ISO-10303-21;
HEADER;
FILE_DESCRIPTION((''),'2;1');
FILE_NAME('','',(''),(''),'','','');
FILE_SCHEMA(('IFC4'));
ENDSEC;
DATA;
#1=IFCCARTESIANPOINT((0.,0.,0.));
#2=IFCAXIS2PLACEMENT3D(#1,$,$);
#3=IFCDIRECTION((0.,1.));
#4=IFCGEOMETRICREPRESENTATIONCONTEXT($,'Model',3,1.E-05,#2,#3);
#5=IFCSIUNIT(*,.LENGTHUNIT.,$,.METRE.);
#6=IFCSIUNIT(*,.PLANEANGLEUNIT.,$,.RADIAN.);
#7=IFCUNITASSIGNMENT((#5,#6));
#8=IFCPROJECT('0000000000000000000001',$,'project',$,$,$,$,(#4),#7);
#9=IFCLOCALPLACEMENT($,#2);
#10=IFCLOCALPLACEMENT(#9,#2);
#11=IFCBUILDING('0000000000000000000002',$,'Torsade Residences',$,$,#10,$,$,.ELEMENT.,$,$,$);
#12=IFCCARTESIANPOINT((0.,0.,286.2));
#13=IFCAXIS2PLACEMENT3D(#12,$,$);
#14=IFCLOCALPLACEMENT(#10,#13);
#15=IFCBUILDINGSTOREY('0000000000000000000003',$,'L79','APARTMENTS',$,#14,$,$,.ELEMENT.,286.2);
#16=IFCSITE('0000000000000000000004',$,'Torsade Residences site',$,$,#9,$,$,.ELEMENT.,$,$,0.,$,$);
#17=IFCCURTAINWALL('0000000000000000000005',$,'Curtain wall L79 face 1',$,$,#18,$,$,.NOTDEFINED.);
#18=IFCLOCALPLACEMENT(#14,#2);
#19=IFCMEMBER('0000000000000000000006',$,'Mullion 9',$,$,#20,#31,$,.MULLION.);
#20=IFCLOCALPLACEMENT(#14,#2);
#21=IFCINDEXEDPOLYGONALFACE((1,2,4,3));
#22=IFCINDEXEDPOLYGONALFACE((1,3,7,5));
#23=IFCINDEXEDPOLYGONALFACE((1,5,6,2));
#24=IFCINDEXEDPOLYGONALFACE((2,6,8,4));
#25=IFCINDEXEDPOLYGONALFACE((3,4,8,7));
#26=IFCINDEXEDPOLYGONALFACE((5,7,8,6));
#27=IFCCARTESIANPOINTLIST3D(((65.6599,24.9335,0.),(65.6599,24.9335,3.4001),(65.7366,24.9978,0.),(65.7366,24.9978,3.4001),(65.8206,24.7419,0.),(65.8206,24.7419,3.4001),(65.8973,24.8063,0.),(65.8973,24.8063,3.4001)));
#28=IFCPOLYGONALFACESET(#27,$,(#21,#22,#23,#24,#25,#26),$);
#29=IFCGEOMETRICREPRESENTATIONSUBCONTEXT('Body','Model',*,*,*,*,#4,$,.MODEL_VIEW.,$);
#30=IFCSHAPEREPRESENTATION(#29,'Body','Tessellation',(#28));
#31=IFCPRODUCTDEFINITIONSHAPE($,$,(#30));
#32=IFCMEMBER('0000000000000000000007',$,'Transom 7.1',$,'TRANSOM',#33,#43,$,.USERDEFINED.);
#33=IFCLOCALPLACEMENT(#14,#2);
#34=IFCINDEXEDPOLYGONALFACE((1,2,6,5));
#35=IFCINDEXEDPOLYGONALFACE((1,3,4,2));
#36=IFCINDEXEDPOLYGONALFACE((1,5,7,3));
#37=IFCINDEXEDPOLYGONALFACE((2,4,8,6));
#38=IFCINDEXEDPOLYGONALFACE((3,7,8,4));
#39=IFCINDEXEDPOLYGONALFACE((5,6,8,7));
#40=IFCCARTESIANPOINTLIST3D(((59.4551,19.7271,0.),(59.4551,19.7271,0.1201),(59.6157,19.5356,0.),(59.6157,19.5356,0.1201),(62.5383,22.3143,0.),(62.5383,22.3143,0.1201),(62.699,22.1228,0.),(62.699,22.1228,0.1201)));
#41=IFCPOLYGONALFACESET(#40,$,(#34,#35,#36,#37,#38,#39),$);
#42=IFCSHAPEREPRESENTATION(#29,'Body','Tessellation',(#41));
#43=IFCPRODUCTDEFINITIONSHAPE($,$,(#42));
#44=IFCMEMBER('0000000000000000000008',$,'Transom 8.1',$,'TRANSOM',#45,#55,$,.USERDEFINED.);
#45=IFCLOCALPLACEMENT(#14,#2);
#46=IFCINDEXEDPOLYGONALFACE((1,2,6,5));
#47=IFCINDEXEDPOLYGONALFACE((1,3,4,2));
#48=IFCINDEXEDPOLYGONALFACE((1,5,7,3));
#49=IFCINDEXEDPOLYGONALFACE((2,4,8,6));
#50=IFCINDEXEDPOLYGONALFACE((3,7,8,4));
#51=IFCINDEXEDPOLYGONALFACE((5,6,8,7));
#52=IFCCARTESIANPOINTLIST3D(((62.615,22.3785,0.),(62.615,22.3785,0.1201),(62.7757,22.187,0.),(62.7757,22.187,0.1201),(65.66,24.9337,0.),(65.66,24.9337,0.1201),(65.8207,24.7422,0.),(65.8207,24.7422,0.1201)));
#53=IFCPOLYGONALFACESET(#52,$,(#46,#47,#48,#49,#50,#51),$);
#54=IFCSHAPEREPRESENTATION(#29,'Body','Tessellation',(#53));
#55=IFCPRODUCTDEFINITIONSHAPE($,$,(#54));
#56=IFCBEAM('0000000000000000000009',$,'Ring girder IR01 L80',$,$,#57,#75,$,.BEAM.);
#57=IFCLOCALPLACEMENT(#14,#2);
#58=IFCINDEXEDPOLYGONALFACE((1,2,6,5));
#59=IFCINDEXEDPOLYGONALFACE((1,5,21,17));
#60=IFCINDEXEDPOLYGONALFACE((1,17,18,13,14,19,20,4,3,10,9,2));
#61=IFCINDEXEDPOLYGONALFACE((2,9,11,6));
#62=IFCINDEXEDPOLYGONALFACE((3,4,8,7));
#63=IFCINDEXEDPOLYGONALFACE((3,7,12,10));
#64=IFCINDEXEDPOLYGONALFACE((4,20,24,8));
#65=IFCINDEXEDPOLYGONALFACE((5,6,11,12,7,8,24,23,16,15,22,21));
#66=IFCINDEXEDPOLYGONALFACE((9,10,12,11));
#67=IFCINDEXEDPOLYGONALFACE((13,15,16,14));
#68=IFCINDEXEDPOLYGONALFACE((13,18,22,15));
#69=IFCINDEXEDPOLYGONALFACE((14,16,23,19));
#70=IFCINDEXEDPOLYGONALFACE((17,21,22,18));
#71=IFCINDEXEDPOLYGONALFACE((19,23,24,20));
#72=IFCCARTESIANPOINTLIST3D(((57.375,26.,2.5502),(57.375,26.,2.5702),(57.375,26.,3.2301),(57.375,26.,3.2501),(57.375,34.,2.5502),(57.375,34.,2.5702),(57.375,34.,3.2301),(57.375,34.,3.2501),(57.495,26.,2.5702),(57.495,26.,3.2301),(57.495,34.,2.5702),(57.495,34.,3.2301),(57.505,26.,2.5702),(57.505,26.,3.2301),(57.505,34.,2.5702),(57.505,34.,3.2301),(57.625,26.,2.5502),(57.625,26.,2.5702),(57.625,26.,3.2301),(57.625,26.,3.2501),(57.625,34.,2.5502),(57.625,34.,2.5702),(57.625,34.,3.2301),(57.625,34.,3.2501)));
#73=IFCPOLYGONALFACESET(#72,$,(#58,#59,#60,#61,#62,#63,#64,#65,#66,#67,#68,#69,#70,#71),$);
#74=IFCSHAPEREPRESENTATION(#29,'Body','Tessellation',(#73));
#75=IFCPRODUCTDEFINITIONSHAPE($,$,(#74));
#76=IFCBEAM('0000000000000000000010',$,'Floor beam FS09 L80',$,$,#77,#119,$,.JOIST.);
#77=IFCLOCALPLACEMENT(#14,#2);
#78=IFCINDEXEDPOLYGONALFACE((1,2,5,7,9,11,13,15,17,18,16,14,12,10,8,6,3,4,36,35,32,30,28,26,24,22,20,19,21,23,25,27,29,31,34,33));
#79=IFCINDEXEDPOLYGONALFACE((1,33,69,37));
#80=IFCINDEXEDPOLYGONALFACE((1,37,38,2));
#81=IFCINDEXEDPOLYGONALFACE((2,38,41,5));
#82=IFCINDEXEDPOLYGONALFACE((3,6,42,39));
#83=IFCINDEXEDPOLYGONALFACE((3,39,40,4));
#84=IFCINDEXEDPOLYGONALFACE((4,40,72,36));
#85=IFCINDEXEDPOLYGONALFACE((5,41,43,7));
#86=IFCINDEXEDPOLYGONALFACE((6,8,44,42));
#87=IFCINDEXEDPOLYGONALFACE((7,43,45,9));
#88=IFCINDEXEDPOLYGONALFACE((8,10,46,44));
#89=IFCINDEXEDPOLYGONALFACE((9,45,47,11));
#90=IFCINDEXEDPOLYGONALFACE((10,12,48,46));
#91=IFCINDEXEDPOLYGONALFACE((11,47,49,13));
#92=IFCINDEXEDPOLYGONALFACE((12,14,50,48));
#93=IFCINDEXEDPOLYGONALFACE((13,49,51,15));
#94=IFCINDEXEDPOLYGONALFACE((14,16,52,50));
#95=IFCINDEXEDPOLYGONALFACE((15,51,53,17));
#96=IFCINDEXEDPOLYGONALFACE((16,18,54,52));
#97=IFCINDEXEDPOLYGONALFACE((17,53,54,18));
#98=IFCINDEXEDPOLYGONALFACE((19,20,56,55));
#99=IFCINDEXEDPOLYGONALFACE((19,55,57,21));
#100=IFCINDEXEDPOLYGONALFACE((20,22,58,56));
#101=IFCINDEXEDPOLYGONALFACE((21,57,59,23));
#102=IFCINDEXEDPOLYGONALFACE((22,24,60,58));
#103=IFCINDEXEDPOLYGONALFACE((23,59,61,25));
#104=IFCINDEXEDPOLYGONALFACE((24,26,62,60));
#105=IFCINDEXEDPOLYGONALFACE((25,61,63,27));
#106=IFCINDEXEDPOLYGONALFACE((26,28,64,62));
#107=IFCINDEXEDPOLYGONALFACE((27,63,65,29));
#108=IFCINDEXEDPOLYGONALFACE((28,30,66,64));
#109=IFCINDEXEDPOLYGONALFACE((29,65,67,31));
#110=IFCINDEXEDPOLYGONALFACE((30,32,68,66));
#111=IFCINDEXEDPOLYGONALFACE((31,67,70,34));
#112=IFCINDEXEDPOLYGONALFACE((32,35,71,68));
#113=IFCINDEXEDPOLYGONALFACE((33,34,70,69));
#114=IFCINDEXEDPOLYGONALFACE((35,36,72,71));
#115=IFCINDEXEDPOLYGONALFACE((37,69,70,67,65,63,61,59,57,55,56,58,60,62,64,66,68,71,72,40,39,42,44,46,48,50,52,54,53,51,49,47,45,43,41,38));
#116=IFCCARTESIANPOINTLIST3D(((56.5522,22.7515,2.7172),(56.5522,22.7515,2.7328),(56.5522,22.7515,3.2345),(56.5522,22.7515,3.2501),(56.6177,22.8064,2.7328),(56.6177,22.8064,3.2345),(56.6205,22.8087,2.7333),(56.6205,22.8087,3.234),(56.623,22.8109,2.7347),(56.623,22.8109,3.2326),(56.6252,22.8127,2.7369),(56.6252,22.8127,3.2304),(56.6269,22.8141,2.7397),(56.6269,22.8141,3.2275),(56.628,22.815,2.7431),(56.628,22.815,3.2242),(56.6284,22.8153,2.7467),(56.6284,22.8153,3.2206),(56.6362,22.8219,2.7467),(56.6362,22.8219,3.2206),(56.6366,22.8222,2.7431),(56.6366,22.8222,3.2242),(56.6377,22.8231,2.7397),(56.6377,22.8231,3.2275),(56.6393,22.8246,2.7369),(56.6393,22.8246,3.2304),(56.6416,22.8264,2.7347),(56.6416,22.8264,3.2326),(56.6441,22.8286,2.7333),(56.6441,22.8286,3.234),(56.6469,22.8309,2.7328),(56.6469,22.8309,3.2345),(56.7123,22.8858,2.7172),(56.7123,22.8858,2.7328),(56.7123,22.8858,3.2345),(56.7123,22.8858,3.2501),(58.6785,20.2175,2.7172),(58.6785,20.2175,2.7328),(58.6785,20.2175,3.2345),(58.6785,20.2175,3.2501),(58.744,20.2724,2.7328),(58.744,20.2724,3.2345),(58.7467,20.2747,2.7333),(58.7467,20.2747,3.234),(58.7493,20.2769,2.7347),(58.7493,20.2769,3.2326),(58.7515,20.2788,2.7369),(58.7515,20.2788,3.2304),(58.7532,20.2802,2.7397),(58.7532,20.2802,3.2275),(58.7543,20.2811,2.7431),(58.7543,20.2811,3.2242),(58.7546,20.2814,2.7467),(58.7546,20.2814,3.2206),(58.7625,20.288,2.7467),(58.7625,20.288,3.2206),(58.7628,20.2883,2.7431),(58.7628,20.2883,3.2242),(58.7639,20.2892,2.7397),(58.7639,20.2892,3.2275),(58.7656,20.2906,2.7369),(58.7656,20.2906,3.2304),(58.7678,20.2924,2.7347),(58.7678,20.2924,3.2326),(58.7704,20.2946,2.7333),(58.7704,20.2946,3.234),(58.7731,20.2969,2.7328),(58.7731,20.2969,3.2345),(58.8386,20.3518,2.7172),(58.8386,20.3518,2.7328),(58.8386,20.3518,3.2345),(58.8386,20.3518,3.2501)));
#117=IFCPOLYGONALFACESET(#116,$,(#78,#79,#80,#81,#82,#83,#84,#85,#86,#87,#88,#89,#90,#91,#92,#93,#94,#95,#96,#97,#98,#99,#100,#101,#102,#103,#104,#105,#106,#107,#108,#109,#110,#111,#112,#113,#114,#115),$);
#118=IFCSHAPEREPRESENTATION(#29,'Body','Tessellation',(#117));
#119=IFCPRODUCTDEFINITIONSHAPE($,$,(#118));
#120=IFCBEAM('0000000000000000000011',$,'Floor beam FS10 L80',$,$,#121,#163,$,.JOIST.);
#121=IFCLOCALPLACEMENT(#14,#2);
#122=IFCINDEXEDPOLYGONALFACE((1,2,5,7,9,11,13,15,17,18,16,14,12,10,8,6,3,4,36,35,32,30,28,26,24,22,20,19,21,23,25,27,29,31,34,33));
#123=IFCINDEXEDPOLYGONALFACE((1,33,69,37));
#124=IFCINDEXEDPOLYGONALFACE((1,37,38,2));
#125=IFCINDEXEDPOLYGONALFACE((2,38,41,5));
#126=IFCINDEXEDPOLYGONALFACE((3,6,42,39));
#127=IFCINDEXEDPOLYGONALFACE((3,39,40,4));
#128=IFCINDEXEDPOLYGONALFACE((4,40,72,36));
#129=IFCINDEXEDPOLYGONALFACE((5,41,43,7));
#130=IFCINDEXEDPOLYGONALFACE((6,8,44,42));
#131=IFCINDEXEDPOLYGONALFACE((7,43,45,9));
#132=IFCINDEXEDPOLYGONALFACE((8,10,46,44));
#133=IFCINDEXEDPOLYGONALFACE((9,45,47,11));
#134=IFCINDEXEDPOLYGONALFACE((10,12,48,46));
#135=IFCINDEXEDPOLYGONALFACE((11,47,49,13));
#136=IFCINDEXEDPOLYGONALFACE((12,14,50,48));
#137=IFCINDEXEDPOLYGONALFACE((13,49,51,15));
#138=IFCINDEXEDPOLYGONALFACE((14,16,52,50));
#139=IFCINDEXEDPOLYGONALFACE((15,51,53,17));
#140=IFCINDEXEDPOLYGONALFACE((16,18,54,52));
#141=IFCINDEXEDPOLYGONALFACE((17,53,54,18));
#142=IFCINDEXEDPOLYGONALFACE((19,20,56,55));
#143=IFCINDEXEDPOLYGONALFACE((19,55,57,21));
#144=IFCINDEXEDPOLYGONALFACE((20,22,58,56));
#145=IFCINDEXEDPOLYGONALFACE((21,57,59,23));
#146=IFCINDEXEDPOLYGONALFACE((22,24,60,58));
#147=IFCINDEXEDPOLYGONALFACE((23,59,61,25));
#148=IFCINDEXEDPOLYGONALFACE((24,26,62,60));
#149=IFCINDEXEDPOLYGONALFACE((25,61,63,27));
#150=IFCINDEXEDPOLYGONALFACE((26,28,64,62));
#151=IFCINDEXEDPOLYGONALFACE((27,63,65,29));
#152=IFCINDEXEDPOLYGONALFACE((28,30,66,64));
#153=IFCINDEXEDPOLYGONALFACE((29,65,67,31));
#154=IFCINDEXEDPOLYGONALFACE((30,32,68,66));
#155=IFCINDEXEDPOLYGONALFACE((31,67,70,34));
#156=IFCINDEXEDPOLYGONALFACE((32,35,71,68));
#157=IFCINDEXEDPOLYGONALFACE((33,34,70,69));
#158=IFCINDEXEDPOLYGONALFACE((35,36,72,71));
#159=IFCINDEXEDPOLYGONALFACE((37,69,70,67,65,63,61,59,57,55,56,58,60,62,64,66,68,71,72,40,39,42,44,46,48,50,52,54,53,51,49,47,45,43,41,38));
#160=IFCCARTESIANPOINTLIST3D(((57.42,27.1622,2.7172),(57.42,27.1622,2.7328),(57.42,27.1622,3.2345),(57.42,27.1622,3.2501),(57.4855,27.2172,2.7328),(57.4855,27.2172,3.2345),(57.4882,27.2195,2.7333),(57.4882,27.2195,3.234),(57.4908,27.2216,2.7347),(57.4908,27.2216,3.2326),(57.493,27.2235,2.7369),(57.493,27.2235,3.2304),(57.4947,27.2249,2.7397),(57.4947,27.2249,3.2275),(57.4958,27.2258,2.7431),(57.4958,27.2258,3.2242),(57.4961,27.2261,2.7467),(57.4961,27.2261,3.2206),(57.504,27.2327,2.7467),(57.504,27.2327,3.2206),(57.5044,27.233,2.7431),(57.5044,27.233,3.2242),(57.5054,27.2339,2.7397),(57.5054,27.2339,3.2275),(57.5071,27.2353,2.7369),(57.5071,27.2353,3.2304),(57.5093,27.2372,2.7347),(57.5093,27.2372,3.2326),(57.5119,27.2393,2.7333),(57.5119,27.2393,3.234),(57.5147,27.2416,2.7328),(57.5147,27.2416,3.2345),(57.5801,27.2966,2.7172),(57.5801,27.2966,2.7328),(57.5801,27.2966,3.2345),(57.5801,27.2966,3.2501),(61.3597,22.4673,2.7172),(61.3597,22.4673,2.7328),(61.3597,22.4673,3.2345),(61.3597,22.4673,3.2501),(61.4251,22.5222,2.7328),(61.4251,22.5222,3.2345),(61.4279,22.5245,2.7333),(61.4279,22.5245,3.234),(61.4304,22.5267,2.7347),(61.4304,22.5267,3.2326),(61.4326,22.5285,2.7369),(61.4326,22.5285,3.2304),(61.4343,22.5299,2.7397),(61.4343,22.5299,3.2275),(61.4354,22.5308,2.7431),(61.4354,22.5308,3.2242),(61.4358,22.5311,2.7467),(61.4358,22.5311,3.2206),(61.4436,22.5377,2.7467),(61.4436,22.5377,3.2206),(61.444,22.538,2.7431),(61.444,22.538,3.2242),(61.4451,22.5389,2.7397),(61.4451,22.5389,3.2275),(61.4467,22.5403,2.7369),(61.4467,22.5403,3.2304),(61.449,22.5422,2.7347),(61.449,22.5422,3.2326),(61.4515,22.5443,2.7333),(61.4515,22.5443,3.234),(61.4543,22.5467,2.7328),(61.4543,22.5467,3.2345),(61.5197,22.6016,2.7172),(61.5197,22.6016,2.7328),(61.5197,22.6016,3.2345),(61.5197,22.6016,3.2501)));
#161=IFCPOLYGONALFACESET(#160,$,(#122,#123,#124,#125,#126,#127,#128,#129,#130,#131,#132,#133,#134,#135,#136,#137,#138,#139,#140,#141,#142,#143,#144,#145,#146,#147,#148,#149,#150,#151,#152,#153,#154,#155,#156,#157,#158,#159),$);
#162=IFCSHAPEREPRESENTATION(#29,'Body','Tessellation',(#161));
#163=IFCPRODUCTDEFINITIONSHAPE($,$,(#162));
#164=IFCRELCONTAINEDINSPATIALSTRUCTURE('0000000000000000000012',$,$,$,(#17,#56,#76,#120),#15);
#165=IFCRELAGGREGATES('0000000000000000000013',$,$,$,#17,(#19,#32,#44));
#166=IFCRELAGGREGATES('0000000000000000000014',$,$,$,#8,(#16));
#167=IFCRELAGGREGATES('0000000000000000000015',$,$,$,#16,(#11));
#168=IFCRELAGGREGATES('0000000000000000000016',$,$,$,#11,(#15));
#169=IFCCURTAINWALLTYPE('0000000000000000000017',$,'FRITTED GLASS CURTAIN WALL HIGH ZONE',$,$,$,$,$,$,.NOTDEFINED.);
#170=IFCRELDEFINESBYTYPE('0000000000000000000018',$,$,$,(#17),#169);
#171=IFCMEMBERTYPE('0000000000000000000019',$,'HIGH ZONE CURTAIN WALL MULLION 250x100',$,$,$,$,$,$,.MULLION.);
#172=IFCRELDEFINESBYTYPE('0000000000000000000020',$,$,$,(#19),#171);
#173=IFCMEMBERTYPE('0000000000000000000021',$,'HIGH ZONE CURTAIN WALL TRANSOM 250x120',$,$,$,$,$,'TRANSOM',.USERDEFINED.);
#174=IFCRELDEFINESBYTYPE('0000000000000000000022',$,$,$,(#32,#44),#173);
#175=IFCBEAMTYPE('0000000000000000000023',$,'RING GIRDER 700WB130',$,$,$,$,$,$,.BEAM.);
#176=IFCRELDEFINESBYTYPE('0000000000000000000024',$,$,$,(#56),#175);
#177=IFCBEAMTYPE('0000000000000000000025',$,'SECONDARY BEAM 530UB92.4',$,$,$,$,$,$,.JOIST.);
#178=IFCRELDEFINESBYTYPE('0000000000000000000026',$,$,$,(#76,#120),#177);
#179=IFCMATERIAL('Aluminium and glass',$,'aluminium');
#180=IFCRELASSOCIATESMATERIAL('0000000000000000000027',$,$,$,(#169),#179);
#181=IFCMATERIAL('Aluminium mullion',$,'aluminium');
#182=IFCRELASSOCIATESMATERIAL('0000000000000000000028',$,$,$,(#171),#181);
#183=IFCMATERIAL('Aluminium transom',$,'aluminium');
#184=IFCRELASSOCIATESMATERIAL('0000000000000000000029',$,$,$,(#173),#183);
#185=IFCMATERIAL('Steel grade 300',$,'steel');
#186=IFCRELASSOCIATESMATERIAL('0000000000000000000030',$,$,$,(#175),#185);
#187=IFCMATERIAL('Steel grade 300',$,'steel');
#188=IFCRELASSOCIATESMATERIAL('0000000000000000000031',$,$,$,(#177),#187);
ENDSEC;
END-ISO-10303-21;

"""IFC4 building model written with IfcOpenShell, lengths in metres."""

from ifc_helpers import new_model, si_unit, direction, frame, origin, origin_2d, place, context, subcontext, project, spatial, rectangle, i_section, extrude, material, material_profile, profile_set, type_object, element, aggregate, save


model = new_model("IFC4")

# Units and contexts
model_context = context("Model", 3, precision=1e-05, world=origin(), true_north=direction((0.0, 1.0)))
body_context = subcontext(model_context, "Body", "Model", "MODEL_VIEW")
ifc_project = project(units=[si_unit("LENGTHUNIT", "METRE"), si_unit("PLANEANGLEUNIT", "RADIAN")], contexts=[model_context])

# Site, building, storey
site_placement = place(None, origin())
site = spatial("IfcSite", under=ifc_project, at=site_placement, Name="Torsade Residences site", CompositionType="ELEMENT", RefElevation=0.0)
building_placement = place(site_placement, origin())
building = spatial("IfcBuilding", under=site, at=building_placement, Name="Torsade Residences", CompositionType="ELEMENT")
storey_placement = place(building_placement, frame((0.0, 0.0, 286.2)))
storey = spatial("IfcBuildingStorey", under=building, at=storey_placement, Name="L79", Description="APARTMENTS", CompositionType="ELEMENT", Elevation=286.2)

# Curtain wall, members
ifc_material_1 = material(Name="Aluminium and glass", Category="aluminium")
curtain_wall_type = type_object("IfcCurtainWallType", Name="FRITTED GLASS CURTAIN WALL HIGH ZONE", PredefinedType="NOTDEFINED", material=ifc_material_1)
curtain_wall_placement = place(storey_placement, origin())
curtain_wall = element("IfcCurtainWall", 1, at=curtain_wall_placement, inside=storey, type_object=curtain_wall_type, Name="Curtain wall L79 face 1", PredefinedType="NOTDEFINED")
ifc_material_2 = material(Name="Aluminium mullion", Category="aluminium")
ifc_material_profile_1 = material_profile(ifc_material_2, rectangle(XDim=0.25, YDim=0.1001, at=origin_2d()), Name="HIGH ZONE CURTAIN WALL MULLION 250x100")
ifc_profile_set_1 = profile_set([ifc_material_profile_1], Name="Aluminium mullion")
member_type_1 = type_object("IfcMemberType", Name="HIGH ZONE CURTAIN WALL MULLION 250x100", PredefinedType="MULLION", material=ifc_profile_set_1)
member_1_placement = place(storey_placement, frame((65.7786, 24.8699, 0.0), z_axis=(0.0, 0.0, 1.0), x_axis=(-0.642788, 0.766044, 0.0)))
member_1 = element("IfcMember", 2, at=member_1_placement, type_object=member_type_1, Name="Mullion 9", PredefinedType="MULLION", context=body_context, shape_type="SweptSolid", body=[
    extrude(rectangle(XDim=0.25, YDim=0.1001, at=origin_2d()), origin(), (0.0, 0.0, 1.0), 3.4001),
])
ifc_material_3 = material(Name="Aluminium transom", Category="aluminium")
ifc_material_profile_2 = material_profile(ifc_material_3, rectangle(XDim=0.25, YDim=0.1201, at=origin_2d()), Name="HIGH ZONE CURTAIN WALL TRANSOM 250x120")
ifc_profile_set_2 = profile_set([ifc_material_profile_2], Name="Aluminium transom")
member_type_2 = type_object("IfcMemberType", Name="HIGH ZONE CURTAIN WALL TRANSOM 250x120", ElementType="TRANSOM", PredefinedType="USERDEFINED", material=ifc_profile_set_2)
member_2_placement = place(storey_placement, frame((59.5354, 19.6313, 0.0601), z_axis=(0.766044, 0.642788, 0.0), x_axis=(-0.642788, 0.766044, 0.0)))
member_2 = element("IfcMember", 3, at=member_2_placement, type_object=member_type_2, Name="Transom 7.1", ObjectType="TRANSOM", PredefinedType="USERDEFINED", context=body_context, shape_type="SweptSolid", body=[
    extrude(rectangle(XDim=0.25, YDim=0.1201, at=origin_2d()), origin(), (0.0, 0.0, 1.0), 4.0249),
])
member_3_placement = place(storey_placement, frame((62.6953, 22.2827, 0.0601), z_axis=(0.766022, 0.642815, 0.0), x_axis=(-0.642815, 0.766022, 0.0)))
member_3 = element("IfcMember", 4, at=member_3_placement, type_object=member_type_2, Name="Transom 8.1", ObjectType="TRANSOM", PredefinedType="USERDEFINED", context=body_context, shape_type="SweptSolid", body=[
    extrude(rectangle(XDim=0.25, YDim=0.1201, at=origin_2d()), origin(), (0.0, 0.0, 1.0), 3.9751),
])

# Beams
ifc_material_4 = material(Name="Steel grade 300", Category="steel")
ifc_material_profile_3 = material_profile(ifc_material_4, i_section(OverallWidth=0.25, OverallDepth=0.7, WebThickness=0.01, FlangeThickness=0.02, at=origin_2d()), Name="700WB130")
ifc_profile_set_3 = profile_set([ifc_material_profile_3], Name="Steel grade 300")
beam_type_1 = type_object("IfcBeamType", Name="RING GIRDER 700WB130", PredefinedType="BEAM", material=ifc_profile_set_3)
beam_1_placement = place(storey_placement, frame((57.5, 26.0, 2.9001), z_axis=(0.0, 1.0, 0.0), x_axis=(-1.0, 0.0, 0.0)))
element("IfcBeam", 5, at=beam_1_placement, inside=storey, type_object=beam_type_1, Name="Ring girder IR01 L80", PredefinedType="BEAM", context=body_context, shape_type="SweptSolid", body=[
    extrude(i_section(OverallWidth=0.25, OverallDepth=0.7, WebThickness=0.01, FlangeThickness=0.02, at=origin_2d()), origin(), (0.0, 0.0, 1.0), 8.0),
])
ifc_material_5 = material(Name="Steel grade 300", Category="steel")
ifc_material_profile_4 = material_profile(ifc_material_5, i_section(OverallWidth=0.209, OverallDepth=0.533, WebThickness=0.0103, FlangeThickness=0.0156, FilletRadius=0.0139, at=origin_2d()), Name="530UB92.4")
ifc_profile_set_4 = profile_set([ifc_material_profile_4], Name="Steel grade 300")
beam_type_2 = type_object("IfcBeamType", Name="SECONDARY BEAM 530UB92.4", PredefinedType="JOIST", material=ifc_profile_set_4)
beam_2_placement = place(storey_placement, frame((58.7585, 20.2847, 2.9836), z_axis=(-0.642787, 0.766045, 0.0), x_axis=(-0.766045, -0.642787, 0.0)))
element("IfcBeam", 6, at=beam_2_placement, inside=storey, type_object=beam_type_2, Name="Floor beam FS09 L80", PredefinedType="JOIST", context=body_context, shape_type="SweptSolid", body=[
    extrude(i_section(OverallWidth=0.209, OverallDepth=0.533, WebThickness=0.0103, FlangeThickness=0.0156, FilletRadius=0.0139, at=origin_2d()), origin(), (0.0, 0.0, 1.0), 3.3079),
])
beam_3_placement = place(storey_placement, frame((61.4397, 22.5344, 2.9836), z_axis=(-0.642794, 0.766039, 0.0), x_axis=(-0.766039, -0.642794, 0.0)))
element("IfcBeam", 7, at=beam_3_placement, inside=storey, type_object=beam_type_2, Name="Floor beam FS10 L80", PredefinedType="JOIST", context=body_context, shape_type="SweptSolid", body=[
    extrude(i_section(OverallWidth=0.209, OverallDepth=0.533, WebThickness=0.0103, FlangeThickness=0.0156, FilletRadius=0.0139, at=origin_2d()), origin(), (0.0, 0.0, 1.0), 6.1289),
])

aggregate(curtain_wall, [member_1, member_2, member_3])

save(model, "model.ifc")
